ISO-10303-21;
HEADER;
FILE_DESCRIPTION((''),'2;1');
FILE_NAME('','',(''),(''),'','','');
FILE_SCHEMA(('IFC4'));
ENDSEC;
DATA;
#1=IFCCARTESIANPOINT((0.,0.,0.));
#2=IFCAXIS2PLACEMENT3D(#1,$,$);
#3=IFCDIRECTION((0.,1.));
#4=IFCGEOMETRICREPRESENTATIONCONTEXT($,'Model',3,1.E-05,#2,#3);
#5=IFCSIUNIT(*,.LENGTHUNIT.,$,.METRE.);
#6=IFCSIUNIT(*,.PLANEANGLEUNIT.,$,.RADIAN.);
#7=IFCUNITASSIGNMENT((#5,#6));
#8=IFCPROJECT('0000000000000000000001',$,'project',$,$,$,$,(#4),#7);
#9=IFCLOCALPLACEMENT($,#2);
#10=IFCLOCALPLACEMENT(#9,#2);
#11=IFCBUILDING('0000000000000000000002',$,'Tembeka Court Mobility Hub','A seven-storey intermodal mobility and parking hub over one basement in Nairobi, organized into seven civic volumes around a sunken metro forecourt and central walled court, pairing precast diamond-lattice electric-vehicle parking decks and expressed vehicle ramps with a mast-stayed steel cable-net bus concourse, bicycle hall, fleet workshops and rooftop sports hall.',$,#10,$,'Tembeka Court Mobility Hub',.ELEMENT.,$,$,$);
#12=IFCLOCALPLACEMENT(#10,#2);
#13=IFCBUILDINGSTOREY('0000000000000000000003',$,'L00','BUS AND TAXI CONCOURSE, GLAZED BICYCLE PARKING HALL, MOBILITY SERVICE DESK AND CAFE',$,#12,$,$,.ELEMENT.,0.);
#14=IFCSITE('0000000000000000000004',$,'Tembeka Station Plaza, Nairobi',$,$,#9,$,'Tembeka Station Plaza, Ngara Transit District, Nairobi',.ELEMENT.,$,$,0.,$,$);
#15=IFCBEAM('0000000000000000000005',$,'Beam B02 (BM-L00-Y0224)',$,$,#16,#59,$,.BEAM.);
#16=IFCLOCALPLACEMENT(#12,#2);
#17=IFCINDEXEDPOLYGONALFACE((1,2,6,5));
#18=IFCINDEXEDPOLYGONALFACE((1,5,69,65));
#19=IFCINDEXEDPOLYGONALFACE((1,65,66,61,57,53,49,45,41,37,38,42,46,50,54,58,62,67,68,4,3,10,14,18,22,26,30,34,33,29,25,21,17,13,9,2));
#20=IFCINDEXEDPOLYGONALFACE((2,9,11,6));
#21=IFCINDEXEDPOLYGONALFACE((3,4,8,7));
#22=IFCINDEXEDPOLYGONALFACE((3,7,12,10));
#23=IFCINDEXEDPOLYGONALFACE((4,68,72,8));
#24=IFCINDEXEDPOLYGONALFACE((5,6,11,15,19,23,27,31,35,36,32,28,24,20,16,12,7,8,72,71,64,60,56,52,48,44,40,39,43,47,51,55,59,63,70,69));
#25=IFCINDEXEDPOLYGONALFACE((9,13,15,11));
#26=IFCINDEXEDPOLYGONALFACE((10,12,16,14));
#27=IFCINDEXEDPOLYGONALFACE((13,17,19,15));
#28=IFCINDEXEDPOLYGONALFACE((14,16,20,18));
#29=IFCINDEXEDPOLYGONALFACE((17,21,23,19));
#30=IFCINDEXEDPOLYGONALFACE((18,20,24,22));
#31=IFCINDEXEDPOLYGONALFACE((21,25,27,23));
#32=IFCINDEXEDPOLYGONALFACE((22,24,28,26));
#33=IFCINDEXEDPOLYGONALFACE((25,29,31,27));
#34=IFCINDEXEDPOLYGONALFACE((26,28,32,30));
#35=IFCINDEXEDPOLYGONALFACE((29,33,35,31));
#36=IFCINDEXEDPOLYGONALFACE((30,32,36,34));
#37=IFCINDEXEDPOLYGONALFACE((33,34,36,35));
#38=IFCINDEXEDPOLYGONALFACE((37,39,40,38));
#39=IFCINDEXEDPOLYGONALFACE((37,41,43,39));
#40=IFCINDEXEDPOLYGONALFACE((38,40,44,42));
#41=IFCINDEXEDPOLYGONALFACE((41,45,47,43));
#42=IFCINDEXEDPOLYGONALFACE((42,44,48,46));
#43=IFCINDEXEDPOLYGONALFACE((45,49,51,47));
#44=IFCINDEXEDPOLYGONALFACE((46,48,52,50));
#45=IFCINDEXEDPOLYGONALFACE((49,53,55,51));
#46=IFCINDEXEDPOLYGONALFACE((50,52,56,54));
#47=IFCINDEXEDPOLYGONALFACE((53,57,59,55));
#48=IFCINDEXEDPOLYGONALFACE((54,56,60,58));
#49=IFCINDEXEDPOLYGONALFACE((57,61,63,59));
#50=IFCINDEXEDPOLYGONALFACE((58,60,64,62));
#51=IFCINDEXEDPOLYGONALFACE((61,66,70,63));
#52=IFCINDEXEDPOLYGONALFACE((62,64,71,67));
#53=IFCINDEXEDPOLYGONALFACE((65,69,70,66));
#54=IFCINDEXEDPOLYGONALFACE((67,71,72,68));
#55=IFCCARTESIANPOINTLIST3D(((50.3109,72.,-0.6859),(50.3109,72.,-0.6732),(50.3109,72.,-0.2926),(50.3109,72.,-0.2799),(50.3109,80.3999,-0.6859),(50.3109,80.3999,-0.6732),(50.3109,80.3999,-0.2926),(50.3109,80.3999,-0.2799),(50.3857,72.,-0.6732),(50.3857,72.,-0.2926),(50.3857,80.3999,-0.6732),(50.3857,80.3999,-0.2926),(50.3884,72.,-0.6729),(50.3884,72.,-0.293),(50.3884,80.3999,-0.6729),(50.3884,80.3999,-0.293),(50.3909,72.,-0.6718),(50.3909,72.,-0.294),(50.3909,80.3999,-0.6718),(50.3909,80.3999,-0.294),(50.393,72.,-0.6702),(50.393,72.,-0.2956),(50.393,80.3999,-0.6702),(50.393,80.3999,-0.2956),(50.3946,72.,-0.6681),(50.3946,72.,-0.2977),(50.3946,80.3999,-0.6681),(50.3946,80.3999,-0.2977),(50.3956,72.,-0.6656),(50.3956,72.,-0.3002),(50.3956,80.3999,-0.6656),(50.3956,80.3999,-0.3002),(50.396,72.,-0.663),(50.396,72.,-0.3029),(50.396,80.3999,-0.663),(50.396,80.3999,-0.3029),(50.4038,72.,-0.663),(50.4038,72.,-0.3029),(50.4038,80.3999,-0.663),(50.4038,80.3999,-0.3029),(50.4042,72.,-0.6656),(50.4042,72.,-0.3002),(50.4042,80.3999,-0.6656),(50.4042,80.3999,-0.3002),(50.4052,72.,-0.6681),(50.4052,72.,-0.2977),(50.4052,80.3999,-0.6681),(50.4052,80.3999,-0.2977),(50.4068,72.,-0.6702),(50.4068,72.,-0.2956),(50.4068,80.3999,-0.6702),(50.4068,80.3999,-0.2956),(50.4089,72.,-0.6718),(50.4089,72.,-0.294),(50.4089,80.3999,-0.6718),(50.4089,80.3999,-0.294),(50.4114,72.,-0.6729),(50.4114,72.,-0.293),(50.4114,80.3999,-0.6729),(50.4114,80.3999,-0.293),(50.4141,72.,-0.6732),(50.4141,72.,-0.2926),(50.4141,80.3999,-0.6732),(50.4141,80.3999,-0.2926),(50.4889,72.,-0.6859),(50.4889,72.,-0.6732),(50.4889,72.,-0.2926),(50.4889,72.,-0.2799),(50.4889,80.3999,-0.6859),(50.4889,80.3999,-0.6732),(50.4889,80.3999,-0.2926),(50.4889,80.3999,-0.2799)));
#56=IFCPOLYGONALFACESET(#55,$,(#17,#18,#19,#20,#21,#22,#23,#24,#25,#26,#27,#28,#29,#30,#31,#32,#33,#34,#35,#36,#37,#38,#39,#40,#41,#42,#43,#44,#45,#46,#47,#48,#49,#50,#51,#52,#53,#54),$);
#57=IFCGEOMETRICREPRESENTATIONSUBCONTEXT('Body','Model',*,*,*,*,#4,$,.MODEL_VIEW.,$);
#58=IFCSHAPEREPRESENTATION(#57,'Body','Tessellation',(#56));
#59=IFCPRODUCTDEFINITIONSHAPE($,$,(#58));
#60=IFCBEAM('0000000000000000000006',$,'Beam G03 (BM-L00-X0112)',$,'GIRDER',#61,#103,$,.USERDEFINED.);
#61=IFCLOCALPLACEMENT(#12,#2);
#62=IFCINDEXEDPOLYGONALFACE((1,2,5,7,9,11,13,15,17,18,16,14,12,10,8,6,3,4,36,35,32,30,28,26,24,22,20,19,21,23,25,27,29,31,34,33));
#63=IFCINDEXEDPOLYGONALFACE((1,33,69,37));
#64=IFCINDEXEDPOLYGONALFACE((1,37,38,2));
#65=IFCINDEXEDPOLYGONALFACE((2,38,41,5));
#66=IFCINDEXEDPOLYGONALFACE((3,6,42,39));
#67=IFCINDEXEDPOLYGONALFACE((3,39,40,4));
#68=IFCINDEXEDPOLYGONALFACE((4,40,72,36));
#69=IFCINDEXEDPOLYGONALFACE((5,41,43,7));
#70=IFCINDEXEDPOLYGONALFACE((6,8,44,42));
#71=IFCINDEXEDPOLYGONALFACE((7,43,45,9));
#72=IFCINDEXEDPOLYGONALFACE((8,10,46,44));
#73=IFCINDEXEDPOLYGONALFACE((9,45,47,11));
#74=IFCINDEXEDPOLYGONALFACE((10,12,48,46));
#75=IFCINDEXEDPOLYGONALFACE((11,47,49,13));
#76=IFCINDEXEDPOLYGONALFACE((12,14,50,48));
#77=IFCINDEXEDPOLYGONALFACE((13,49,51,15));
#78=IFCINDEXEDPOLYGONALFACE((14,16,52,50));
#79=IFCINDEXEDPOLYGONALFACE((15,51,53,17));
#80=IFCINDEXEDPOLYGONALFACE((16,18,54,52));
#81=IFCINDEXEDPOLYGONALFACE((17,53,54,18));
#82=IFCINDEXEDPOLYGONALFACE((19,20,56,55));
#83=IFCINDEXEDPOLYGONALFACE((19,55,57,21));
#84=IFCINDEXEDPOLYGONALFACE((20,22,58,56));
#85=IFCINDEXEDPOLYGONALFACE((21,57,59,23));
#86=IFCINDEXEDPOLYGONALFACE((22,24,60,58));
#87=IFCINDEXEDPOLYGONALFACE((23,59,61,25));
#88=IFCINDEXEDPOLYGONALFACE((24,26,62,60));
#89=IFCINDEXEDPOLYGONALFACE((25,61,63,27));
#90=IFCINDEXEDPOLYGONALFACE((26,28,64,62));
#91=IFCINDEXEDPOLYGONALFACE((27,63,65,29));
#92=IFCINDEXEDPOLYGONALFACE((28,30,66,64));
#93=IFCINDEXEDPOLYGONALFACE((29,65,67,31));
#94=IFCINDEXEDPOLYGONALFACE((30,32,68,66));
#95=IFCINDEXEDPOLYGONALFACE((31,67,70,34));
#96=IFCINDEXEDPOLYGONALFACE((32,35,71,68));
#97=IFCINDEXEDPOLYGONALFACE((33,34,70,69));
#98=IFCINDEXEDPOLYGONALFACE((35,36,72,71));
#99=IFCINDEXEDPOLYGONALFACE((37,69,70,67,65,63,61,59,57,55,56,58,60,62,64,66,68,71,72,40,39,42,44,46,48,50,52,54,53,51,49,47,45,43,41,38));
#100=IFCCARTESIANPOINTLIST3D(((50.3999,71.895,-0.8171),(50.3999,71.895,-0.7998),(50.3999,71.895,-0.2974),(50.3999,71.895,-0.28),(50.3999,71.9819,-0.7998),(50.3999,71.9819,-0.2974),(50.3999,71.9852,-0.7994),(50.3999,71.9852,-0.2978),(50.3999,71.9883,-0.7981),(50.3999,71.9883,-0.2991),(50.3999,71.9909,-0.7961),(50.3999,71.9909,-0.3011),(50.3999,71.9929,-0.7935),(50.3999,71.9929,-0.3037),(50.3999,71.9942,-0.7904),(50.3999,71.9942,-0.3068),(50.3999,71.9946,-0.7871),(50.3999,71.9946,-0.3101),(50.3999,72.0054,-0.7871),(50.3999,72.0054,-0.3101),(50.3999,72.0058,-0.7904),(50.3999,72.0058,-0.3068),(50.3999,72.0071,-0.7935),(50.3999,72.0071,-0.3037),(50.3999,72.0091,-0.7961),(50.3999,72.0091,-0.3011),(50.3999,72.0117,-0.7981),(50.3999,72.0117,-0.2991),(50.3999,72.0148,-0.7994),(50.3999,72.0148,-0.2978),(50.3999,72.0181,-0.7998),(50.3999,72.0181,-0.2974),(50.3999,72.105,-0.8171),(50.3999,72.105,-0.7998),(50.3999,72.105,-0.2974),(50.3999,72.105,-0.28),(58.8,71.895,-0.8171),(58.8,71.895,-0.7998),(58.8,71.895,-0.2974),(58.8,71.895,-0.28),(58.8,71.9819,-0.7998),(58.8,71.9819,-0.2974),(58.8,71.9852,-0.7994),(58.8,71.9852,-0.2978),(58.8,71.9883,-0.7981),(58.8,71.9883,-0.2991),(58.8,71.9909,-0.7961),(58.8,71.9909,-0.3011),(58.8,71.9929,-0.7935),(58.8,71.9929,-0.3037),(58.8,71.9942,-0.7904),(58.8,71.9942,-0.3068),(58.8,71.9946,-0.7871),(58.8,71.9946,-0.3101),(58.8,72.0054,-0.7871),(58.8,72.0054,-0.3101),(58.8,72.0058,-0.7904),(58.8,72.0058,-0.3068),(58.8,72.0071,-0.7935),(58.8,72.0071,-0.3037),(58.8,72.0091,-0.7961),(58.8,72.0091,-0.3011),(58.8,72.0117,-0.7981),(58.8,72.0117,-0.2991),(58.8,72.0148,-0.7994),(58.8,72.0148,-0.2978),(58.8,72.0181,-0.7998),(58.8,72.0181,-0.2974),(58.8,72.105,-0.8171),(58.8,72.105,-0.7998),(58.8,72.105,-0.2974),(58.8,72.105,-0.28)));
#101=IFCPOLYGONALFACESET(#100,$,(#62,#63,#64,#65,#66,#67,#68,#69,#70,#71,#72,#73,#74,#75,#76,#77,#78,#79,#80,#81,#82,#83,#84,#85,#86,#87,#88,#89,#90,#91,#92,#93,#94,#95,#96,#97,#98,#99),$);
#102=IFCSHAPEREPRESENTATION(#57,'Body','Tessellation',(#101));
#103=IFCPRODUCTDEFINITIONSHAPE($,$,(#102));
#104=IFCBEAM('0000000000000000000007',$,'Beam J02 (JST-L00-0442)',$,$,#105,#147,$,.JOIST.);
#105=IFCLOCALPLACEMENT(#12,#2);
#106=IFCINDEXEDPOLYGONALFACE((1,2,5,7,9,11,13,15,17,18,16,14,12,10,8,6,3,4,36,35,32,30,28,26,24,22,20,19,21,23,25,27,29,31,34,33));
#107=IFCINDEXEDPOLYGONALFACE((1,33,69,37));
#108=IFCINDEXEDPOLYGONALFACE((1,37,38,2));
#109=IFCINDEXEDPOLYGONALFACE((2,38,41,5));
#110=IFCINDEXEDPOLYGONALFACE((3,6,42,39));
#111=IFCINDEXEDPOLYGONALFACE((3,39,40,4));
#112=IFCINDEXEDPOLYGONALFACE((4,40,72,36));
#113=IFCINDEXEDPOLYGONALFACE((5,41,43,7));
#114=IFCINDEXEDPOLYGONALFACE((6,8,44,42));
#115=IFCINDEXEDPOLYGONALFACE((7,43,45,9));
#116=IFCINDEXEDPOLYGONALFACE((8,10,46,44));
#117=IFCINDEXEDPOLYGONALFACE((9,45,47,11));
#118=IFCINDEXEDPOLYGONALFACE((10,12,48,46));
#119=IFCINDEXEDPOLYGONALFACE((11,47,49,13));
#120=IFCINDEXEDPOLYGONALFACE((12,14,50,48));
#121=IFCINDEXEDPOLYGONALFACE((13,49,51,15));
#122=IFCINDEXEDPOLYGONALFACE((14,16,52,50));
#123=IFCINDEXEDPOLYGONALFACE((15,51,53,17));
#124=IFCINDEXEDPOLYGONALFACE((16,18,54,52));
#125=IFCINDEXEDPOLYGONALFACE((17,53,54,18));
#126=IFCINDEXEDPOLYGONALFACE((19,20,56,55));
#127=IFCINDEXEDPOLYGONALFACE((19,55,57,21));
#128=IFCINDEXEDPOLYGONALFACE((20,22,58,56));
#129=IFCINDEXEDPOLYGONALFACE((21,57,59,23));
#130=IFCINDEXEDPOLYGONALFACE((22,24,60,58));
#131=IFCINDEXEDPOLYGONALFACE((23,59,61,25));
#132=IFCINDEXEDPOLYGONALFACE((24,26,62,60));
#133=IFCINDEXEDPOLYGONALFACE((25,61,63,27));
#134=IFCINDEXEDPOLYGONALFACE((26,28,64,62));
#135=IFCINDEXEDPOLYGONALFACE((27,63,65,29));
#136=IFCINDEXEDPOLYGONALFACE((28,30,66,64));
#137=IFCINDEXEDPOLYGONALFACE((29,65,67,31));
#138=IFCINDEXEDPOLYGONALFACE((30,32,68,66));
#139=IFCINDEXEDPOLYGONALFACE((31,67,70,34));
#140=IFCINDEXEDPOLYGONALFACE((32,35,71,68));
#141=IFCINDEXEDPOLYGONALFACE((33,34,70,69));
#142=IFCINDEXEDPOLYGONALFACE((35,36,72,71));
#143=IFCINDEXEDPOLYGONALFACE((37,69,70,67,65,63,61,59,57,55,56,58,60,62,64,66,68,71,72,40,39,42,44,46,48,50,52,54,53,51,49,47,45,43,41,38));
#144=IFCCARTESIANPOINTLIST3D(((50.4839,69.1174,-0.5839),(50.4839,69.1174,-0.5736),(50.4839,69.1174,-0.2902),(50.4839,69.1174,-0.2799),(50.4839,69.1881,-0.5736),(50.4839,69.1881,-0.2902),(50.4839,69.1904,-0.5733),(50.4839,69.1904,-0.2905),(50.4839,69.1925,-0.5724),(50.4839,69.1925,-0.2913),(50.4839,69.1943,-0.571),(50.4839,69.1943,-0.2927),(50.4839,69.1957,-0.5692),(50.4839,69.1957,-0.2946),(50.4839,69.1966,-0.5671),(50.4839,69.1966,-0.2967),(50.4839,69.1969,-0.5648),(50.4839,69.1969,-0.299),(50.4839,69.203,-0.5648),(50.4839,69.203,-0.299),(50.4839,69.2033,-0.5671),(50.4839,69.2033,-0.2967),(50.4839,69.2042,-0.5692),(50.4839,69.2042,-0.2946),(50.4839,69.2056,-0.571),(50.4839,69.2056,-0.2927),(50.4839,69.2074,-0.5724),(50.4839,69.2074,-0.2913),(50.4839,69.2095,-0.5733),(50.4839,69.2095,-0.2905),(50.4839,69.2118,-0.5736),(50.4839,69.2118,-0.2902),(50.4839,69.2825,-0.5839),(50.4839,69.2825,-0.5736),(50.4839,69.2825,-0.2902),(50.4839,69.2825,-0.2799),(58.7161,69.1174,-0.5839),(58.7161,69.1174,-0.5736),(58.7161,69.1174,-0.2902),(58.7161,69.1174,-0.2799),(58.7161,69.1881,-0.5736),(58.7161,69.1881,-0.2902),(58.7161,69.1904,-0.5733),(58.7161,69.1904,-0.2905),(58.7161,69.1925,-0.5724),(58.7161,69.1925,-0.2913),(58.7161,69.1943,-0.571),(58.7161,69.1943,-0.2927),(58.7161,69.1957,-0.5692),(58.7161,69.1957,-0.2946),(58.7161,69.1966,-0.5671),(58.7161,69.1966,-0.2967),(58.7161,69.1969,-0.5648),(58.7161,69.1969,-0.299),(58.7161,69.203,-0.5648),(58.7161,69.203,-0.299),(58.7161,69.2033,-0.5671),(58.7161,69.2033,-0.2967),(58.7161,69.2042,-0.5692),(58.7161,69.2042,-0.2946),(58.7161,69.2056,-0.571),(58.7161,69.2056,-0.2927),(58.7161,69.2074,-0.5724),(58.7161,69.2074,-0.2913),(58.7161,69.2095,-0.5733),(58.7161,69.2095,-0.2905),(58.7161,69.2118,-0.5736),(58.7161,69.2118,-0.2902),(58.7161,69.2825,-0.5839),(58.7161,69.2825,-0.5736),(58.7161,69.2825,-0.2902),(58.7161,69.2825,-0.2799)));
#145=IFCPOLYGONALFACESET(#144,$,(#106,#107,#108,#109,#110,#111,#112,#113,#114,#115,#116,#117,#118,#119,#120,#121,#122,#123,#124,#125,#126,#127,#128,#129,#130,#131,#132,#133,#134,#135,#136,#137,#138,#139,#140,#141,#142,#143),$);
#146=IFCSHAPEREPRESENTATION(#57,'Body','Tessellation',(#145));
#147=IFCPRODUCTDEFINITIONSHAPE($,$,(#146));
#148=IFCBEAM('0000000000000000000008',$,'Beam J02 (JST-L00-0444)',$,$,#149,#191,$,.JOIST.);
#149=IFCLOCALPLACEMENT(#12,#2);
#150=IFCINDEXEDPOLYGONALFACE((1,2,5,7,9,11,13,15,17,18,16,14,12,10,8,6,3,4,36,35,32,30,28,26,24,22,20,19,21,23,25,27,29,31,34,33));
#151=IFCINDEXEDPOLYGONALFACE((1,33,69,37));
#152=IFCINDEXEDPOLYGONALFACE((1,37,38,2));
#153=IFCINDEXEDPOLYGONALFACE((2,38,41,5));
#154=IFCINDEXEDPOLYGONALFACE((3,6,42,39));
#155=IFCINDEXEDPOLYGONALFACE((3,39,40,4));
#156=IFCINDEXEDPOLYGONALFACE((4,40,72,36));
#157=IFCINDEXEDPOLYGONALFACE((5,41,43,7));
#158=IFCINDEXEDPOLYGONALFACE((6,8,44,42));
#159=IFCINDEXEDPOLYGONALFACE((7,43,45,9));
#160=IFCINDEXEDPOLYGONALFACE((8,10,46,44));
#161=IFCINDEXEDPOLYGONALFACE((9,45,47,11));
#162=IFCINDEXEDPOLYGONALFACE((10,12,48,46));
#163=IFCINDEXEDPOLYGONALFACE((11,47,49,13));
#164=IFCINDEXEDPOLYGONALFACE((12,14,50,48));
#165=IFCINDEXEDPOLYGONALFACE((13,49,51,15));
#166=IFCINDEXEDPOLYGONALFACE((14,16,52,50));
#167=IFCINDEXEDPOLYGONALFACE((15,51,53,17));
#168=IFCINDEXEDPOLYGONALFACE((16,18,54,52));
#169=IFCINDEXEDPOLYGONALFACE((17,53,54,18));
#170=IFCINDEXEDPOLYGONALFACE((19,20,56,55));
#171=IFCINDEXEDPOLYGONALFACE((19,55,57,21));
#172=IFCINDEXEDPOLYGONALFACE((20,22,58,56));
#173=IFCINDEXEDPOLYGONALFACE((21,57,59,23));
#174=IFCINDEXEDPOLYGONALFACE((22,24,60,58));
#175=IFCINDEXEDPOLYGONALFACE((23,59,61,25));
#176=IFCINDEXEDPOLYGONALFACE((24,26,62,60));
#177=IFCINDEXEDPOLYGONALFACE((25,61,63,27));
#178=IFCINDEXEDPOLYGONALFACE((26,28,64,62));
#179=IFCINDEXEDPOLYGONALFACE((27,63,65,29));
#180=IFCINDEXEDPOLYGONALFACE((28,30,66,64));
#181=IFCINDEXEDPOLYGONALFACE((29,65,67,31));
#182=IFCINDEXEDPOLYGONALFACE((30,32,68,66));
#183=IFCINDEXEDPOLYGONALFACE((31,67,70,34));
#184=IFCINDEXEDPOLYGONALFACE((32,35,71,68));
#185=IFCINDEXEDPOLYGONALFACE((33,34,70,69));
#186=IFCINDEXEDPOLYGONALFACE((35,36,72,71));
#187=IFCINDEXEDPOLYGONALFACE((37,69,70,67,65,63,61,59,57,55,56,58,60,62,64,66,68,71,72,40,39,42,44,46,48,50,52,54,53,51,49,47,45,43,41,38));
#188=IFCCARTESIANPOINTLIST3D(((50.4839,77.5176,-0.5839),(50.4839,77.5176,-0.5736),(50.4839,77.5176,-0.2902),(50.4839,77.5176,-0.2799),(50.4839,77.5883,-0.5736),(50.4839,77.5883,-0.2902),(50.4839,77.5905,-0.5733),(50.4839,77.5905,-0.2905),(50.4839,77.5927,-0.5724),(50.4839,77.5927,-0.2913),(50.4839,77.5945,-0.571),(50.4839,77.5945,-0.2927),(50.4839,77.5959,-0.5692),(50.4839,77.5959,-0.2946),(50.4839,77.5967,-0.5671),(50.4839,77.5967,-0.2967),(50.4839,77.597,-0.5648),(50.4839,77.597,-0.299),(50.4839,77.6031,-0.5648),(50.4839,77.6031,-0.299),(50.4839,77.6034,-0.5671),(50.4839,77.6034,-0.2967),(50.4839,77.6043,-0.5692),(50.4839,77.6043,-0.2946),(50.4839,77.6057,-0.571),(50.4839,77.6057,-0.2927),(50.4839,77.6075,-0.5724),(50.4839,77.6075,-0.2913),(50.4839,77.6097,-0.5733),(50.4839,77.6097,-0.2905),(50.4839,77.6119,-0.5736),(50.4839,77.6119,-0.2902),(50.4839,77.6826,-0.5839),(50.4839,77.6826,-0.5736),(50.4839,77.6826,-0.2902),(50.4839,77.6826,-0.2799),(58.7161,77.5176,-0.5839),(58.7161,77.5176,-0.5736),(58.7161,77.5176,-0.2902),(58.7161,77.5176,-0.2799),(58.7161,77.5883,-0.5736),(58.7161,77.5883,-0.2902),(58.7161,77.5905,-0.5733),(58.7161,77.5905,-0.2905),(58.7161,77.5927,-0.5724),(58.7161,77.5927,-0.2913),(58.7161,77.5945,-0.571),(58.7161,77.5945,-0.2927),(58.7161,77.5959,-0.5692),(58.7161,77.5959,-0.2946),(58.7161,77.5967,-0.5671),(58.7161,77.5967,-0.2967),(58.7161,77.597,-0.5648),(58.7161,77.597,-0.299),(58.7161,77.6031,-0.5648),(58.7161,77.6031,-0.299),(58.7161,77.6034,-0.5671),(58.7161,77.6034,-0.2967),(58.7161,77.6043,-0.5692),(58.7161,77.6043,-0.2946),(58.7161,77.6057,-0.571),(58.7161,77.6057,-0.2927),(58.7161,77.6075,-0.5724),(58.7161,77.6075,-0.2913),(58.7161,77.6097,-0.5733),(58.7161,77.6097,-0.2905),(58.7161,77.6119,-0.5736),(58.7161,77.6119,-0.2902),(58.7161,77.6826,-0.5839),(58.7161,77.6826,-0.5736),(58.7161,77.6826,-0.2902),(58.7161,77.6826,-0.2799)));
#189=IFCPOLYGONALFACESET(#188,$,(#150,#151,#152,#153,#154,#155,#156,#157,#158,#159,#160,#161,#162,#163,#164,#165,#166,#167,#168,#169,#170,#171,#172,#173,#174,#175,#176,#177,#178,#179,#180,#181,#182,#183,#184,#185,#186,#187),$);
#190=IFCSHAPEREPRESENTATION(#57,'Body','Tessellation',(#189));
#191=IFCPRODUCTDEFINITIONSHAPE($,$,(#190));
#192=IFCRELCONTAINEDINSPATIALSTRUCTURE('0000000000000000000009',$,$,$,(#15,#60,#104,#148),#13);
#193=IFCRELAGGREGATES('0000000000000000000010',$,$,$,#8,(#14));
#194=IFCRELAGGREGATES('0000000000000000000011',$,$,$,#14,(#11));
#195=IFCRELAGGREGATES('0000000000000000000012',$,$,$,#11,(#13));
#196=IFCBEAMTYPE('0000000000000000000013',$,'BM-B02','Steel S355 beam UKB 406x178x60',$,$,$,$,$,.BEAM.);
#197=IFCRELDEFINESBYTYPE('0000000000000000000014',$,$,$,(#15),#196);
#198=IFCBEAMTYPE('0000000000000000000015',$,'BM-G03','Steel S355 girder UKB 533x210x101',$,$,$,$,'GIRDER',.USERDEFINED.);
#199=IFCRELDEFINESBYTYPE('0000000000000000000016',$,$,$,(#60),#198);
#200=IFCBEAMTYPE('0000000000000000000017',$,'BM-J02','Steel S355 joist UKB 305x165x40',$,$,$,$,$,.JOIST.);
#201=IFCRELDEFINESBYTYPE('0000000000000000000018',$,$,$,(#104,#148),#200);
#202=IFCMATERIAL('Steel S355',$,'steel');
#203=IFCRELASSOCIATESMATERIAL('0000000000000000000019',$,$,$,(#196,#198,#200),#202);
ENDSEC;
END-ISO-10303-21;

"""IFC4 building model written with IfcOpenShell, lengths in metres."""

from ifc_helpers import new_model, si_unit, direction, frame, origin, origin_2d, place, context, subcontext, project, spatial, i_section, extrude, material, material_profile, profile_set, type_object, element, save


model = new_model("IFC4")

# Units and contexts
model_context = context("Model", 3, precision=1e-05, world=origin(), true_north=direction((0.0, 1.0)))
body_context = subcontext(model_context, "Body", "Model", "MODEL_VIEW")
ifc_project = project(units=[si_unit("LENGTHUNIT", "METRE"), si_unit("PLANEANGLEUNIT", "RADIAN")], contexts=[model_context])

# Site, building, storey
site_placement = place(None, origin())
site = spatial("IfcSite", under=ifc_project, at=site_placement, Name="Tembeka Station Plaza, Nairobi", LongName="Tembeka Station Plaza, Ngara Transit District, Nairobi", CompositionType="ELEMENT", RefElevation=0.0)
building_placement = place(site_placement, origin())
building = spatial("IfcBuilding", under=site, at=building_placement, Name="Tembeka Court Mobility Hub", Description="A seven-storey intermodal mobility and parking hub over one basement in Nairobi, organized into seven civic volumes around a sunken metro forecourt and central walled court, pairing precast diamond-lattice electric-vehicle parking decks and expressed vehicle ramps with a mast-stayed steel cable-net bus concourse, bicycle hall, fleet workshops and rooftop sports hall.", LongName="Tembeka Court Mobility Hub", CompositionType="ELEMENT")
storey_placement = place(building_placement, origin())
storey = spatial("IfcBuildingStorey", under=building, at=storey_placement, Name="L00", Description="BUS AND TAXI CONCOURSE, GLAZED BICYCLE PARKING HALL, MOBILITY SERVICE DESK AND CAFE", CompositionType="ELEMENT", Elevation=0.0)

# Beams
ifc_material_1 = material(Name="Steel S355", Category="steel")
ifc_material_profile_1 = material_profile(ifc_material_1, i_section(OverallWidth=0.178, OverallDepth=0.406, WebThickness=0.0078, FlangeThickness=0.0127, FilletRadius=0.0103, at=origin_2d()), Name="UKB 406x178x60")
ifc_profile_set_1 = profile_set([ifc_material_profile_1], Name="Steel S355")
beam_type_1 = type_object("IfcBeamType", Name="BM-B02", Description="Steel S355 beam UKB 406x178x60", PredefinedType="BEAM", material=ifc_profile_set_1)
beam_1_placement = place(storey_placement, frame((50.3999, 72.0, -0.4829), z_axis=(0.0, 1.0, 0.0), x_axis=(-1.0, 0.0, 0.0)))
element("IfcBeam", 1, at=beam_1_placement, inside=storey, type_object=beam_type_1, Name="Beam B02 (BM-L00-Y0224)", PredefinedType="BEAM", context=body_context, shape_type="SweptSolid", body=[
    extrude(i_section(OverallWidth=0.178, OverallDepth=0.406, WebThickness=0.0078, FlangeThickness=0.0127, FilletRadius=0.0103, at=origin_2d()), origin(), (0.0, 0.0, 1.0), 8.3999),
])
ifc_material_profile_2 = material_profile(ifc_material_1, i_section(OverallWidth=0.21, OverallDepth=0.5371, WebThickness=0.0107, FlangeThickness=0.0173, FilletRadius=0.0127, at=origin_2d()), Name="UKB 533x210x101")
ifc_profile_set_2 = profile_set([ifc_material_profile_2], Name="Steel S355")
beam_type_2 = type_object("IfcBeamType", Name="BM-G03", Description="Steel S355 girder UKB 533x210x101", ElementType="GIRDER", PredefinedType="USERDEFINED", material=ifc_profile_set_2)
beam_2_placement = place(storey_placement, frame((50.3999, 72.0, -0.5486), z_axis=(1.0, 0.0, 0.0), x_axis=(0.0, 1.0, 0.0)))
element("IfcBeam", 2, at=beam_2_placement, inside=storey, type_object=beam_type_2, Name="Beam G03 (BM-L00-X0112)", ObjectType="GIRDER", PredefinedType="USERDEFINED", context=body_context, shape_type="SweptSolid", body=[
    extrude(i_section(OverallWidth=0.21, OverallDepth=0.5371, WebThickness=0.0107, FlangeThickness=0.0173, FilletRadius=0.0127, at=origin_2d()), origin(), (0.0, 0.0, 1.0), 8.4001),
])
ifc_material_profile_3 = material_profile(ifc_material_1, i_section(OverallWidth=0.165, OverallDepth=0.304, WebThickness=0.0061, FlangeThickness=0.0103, FilletRadius=0.0088, at=origin_2d()), Name="UKB 305x165x40")
ifc_profile_set_3 = profile_set([ifc_material_profile_3], Name="Steel S355")
beam_type_3 = type_object("IfcBeamType", Name="BM-J02", Description="Steel S355 joist UKB 305x165x40", PredefinedType="JOIST", material=ifc_profile_set_3)
for number, where, z_axis, x_axis, name in (
    (3, (50.4839, 69.2, -0.4319), (1.0, 0.0, 0.0), (0.0, 1.0, 0.0), "Beam J02 (JST-L00-0442)"),
    (4, (50.4839, 77.6001, -0.4319), (1.0, 0.0, 0.0), (0.0, 1.0, 0.0), "Beam J02 (JST-L00-0444)"),
):
    element("IfcBeam", number, at=place(storey_placement, frame(where, z_axis=z_axis, x_axis=x_axis)), inside=storey, type_object=beam_type_3, Name=name, PredefinedType="JOIST", context=body_context, shape_type="SweptSolid", body=[
        extrude(i_section(OverallWidth=0.165, OverallDepth=0.304, WebThickness=0.0061, FlangeThickness=0.0103, FilletRadius=0.0088, at=origin_2d()), origin(), (0.0, 0.0, 1.0), 8.2322),
    ])

save(model, "model.ifc")
